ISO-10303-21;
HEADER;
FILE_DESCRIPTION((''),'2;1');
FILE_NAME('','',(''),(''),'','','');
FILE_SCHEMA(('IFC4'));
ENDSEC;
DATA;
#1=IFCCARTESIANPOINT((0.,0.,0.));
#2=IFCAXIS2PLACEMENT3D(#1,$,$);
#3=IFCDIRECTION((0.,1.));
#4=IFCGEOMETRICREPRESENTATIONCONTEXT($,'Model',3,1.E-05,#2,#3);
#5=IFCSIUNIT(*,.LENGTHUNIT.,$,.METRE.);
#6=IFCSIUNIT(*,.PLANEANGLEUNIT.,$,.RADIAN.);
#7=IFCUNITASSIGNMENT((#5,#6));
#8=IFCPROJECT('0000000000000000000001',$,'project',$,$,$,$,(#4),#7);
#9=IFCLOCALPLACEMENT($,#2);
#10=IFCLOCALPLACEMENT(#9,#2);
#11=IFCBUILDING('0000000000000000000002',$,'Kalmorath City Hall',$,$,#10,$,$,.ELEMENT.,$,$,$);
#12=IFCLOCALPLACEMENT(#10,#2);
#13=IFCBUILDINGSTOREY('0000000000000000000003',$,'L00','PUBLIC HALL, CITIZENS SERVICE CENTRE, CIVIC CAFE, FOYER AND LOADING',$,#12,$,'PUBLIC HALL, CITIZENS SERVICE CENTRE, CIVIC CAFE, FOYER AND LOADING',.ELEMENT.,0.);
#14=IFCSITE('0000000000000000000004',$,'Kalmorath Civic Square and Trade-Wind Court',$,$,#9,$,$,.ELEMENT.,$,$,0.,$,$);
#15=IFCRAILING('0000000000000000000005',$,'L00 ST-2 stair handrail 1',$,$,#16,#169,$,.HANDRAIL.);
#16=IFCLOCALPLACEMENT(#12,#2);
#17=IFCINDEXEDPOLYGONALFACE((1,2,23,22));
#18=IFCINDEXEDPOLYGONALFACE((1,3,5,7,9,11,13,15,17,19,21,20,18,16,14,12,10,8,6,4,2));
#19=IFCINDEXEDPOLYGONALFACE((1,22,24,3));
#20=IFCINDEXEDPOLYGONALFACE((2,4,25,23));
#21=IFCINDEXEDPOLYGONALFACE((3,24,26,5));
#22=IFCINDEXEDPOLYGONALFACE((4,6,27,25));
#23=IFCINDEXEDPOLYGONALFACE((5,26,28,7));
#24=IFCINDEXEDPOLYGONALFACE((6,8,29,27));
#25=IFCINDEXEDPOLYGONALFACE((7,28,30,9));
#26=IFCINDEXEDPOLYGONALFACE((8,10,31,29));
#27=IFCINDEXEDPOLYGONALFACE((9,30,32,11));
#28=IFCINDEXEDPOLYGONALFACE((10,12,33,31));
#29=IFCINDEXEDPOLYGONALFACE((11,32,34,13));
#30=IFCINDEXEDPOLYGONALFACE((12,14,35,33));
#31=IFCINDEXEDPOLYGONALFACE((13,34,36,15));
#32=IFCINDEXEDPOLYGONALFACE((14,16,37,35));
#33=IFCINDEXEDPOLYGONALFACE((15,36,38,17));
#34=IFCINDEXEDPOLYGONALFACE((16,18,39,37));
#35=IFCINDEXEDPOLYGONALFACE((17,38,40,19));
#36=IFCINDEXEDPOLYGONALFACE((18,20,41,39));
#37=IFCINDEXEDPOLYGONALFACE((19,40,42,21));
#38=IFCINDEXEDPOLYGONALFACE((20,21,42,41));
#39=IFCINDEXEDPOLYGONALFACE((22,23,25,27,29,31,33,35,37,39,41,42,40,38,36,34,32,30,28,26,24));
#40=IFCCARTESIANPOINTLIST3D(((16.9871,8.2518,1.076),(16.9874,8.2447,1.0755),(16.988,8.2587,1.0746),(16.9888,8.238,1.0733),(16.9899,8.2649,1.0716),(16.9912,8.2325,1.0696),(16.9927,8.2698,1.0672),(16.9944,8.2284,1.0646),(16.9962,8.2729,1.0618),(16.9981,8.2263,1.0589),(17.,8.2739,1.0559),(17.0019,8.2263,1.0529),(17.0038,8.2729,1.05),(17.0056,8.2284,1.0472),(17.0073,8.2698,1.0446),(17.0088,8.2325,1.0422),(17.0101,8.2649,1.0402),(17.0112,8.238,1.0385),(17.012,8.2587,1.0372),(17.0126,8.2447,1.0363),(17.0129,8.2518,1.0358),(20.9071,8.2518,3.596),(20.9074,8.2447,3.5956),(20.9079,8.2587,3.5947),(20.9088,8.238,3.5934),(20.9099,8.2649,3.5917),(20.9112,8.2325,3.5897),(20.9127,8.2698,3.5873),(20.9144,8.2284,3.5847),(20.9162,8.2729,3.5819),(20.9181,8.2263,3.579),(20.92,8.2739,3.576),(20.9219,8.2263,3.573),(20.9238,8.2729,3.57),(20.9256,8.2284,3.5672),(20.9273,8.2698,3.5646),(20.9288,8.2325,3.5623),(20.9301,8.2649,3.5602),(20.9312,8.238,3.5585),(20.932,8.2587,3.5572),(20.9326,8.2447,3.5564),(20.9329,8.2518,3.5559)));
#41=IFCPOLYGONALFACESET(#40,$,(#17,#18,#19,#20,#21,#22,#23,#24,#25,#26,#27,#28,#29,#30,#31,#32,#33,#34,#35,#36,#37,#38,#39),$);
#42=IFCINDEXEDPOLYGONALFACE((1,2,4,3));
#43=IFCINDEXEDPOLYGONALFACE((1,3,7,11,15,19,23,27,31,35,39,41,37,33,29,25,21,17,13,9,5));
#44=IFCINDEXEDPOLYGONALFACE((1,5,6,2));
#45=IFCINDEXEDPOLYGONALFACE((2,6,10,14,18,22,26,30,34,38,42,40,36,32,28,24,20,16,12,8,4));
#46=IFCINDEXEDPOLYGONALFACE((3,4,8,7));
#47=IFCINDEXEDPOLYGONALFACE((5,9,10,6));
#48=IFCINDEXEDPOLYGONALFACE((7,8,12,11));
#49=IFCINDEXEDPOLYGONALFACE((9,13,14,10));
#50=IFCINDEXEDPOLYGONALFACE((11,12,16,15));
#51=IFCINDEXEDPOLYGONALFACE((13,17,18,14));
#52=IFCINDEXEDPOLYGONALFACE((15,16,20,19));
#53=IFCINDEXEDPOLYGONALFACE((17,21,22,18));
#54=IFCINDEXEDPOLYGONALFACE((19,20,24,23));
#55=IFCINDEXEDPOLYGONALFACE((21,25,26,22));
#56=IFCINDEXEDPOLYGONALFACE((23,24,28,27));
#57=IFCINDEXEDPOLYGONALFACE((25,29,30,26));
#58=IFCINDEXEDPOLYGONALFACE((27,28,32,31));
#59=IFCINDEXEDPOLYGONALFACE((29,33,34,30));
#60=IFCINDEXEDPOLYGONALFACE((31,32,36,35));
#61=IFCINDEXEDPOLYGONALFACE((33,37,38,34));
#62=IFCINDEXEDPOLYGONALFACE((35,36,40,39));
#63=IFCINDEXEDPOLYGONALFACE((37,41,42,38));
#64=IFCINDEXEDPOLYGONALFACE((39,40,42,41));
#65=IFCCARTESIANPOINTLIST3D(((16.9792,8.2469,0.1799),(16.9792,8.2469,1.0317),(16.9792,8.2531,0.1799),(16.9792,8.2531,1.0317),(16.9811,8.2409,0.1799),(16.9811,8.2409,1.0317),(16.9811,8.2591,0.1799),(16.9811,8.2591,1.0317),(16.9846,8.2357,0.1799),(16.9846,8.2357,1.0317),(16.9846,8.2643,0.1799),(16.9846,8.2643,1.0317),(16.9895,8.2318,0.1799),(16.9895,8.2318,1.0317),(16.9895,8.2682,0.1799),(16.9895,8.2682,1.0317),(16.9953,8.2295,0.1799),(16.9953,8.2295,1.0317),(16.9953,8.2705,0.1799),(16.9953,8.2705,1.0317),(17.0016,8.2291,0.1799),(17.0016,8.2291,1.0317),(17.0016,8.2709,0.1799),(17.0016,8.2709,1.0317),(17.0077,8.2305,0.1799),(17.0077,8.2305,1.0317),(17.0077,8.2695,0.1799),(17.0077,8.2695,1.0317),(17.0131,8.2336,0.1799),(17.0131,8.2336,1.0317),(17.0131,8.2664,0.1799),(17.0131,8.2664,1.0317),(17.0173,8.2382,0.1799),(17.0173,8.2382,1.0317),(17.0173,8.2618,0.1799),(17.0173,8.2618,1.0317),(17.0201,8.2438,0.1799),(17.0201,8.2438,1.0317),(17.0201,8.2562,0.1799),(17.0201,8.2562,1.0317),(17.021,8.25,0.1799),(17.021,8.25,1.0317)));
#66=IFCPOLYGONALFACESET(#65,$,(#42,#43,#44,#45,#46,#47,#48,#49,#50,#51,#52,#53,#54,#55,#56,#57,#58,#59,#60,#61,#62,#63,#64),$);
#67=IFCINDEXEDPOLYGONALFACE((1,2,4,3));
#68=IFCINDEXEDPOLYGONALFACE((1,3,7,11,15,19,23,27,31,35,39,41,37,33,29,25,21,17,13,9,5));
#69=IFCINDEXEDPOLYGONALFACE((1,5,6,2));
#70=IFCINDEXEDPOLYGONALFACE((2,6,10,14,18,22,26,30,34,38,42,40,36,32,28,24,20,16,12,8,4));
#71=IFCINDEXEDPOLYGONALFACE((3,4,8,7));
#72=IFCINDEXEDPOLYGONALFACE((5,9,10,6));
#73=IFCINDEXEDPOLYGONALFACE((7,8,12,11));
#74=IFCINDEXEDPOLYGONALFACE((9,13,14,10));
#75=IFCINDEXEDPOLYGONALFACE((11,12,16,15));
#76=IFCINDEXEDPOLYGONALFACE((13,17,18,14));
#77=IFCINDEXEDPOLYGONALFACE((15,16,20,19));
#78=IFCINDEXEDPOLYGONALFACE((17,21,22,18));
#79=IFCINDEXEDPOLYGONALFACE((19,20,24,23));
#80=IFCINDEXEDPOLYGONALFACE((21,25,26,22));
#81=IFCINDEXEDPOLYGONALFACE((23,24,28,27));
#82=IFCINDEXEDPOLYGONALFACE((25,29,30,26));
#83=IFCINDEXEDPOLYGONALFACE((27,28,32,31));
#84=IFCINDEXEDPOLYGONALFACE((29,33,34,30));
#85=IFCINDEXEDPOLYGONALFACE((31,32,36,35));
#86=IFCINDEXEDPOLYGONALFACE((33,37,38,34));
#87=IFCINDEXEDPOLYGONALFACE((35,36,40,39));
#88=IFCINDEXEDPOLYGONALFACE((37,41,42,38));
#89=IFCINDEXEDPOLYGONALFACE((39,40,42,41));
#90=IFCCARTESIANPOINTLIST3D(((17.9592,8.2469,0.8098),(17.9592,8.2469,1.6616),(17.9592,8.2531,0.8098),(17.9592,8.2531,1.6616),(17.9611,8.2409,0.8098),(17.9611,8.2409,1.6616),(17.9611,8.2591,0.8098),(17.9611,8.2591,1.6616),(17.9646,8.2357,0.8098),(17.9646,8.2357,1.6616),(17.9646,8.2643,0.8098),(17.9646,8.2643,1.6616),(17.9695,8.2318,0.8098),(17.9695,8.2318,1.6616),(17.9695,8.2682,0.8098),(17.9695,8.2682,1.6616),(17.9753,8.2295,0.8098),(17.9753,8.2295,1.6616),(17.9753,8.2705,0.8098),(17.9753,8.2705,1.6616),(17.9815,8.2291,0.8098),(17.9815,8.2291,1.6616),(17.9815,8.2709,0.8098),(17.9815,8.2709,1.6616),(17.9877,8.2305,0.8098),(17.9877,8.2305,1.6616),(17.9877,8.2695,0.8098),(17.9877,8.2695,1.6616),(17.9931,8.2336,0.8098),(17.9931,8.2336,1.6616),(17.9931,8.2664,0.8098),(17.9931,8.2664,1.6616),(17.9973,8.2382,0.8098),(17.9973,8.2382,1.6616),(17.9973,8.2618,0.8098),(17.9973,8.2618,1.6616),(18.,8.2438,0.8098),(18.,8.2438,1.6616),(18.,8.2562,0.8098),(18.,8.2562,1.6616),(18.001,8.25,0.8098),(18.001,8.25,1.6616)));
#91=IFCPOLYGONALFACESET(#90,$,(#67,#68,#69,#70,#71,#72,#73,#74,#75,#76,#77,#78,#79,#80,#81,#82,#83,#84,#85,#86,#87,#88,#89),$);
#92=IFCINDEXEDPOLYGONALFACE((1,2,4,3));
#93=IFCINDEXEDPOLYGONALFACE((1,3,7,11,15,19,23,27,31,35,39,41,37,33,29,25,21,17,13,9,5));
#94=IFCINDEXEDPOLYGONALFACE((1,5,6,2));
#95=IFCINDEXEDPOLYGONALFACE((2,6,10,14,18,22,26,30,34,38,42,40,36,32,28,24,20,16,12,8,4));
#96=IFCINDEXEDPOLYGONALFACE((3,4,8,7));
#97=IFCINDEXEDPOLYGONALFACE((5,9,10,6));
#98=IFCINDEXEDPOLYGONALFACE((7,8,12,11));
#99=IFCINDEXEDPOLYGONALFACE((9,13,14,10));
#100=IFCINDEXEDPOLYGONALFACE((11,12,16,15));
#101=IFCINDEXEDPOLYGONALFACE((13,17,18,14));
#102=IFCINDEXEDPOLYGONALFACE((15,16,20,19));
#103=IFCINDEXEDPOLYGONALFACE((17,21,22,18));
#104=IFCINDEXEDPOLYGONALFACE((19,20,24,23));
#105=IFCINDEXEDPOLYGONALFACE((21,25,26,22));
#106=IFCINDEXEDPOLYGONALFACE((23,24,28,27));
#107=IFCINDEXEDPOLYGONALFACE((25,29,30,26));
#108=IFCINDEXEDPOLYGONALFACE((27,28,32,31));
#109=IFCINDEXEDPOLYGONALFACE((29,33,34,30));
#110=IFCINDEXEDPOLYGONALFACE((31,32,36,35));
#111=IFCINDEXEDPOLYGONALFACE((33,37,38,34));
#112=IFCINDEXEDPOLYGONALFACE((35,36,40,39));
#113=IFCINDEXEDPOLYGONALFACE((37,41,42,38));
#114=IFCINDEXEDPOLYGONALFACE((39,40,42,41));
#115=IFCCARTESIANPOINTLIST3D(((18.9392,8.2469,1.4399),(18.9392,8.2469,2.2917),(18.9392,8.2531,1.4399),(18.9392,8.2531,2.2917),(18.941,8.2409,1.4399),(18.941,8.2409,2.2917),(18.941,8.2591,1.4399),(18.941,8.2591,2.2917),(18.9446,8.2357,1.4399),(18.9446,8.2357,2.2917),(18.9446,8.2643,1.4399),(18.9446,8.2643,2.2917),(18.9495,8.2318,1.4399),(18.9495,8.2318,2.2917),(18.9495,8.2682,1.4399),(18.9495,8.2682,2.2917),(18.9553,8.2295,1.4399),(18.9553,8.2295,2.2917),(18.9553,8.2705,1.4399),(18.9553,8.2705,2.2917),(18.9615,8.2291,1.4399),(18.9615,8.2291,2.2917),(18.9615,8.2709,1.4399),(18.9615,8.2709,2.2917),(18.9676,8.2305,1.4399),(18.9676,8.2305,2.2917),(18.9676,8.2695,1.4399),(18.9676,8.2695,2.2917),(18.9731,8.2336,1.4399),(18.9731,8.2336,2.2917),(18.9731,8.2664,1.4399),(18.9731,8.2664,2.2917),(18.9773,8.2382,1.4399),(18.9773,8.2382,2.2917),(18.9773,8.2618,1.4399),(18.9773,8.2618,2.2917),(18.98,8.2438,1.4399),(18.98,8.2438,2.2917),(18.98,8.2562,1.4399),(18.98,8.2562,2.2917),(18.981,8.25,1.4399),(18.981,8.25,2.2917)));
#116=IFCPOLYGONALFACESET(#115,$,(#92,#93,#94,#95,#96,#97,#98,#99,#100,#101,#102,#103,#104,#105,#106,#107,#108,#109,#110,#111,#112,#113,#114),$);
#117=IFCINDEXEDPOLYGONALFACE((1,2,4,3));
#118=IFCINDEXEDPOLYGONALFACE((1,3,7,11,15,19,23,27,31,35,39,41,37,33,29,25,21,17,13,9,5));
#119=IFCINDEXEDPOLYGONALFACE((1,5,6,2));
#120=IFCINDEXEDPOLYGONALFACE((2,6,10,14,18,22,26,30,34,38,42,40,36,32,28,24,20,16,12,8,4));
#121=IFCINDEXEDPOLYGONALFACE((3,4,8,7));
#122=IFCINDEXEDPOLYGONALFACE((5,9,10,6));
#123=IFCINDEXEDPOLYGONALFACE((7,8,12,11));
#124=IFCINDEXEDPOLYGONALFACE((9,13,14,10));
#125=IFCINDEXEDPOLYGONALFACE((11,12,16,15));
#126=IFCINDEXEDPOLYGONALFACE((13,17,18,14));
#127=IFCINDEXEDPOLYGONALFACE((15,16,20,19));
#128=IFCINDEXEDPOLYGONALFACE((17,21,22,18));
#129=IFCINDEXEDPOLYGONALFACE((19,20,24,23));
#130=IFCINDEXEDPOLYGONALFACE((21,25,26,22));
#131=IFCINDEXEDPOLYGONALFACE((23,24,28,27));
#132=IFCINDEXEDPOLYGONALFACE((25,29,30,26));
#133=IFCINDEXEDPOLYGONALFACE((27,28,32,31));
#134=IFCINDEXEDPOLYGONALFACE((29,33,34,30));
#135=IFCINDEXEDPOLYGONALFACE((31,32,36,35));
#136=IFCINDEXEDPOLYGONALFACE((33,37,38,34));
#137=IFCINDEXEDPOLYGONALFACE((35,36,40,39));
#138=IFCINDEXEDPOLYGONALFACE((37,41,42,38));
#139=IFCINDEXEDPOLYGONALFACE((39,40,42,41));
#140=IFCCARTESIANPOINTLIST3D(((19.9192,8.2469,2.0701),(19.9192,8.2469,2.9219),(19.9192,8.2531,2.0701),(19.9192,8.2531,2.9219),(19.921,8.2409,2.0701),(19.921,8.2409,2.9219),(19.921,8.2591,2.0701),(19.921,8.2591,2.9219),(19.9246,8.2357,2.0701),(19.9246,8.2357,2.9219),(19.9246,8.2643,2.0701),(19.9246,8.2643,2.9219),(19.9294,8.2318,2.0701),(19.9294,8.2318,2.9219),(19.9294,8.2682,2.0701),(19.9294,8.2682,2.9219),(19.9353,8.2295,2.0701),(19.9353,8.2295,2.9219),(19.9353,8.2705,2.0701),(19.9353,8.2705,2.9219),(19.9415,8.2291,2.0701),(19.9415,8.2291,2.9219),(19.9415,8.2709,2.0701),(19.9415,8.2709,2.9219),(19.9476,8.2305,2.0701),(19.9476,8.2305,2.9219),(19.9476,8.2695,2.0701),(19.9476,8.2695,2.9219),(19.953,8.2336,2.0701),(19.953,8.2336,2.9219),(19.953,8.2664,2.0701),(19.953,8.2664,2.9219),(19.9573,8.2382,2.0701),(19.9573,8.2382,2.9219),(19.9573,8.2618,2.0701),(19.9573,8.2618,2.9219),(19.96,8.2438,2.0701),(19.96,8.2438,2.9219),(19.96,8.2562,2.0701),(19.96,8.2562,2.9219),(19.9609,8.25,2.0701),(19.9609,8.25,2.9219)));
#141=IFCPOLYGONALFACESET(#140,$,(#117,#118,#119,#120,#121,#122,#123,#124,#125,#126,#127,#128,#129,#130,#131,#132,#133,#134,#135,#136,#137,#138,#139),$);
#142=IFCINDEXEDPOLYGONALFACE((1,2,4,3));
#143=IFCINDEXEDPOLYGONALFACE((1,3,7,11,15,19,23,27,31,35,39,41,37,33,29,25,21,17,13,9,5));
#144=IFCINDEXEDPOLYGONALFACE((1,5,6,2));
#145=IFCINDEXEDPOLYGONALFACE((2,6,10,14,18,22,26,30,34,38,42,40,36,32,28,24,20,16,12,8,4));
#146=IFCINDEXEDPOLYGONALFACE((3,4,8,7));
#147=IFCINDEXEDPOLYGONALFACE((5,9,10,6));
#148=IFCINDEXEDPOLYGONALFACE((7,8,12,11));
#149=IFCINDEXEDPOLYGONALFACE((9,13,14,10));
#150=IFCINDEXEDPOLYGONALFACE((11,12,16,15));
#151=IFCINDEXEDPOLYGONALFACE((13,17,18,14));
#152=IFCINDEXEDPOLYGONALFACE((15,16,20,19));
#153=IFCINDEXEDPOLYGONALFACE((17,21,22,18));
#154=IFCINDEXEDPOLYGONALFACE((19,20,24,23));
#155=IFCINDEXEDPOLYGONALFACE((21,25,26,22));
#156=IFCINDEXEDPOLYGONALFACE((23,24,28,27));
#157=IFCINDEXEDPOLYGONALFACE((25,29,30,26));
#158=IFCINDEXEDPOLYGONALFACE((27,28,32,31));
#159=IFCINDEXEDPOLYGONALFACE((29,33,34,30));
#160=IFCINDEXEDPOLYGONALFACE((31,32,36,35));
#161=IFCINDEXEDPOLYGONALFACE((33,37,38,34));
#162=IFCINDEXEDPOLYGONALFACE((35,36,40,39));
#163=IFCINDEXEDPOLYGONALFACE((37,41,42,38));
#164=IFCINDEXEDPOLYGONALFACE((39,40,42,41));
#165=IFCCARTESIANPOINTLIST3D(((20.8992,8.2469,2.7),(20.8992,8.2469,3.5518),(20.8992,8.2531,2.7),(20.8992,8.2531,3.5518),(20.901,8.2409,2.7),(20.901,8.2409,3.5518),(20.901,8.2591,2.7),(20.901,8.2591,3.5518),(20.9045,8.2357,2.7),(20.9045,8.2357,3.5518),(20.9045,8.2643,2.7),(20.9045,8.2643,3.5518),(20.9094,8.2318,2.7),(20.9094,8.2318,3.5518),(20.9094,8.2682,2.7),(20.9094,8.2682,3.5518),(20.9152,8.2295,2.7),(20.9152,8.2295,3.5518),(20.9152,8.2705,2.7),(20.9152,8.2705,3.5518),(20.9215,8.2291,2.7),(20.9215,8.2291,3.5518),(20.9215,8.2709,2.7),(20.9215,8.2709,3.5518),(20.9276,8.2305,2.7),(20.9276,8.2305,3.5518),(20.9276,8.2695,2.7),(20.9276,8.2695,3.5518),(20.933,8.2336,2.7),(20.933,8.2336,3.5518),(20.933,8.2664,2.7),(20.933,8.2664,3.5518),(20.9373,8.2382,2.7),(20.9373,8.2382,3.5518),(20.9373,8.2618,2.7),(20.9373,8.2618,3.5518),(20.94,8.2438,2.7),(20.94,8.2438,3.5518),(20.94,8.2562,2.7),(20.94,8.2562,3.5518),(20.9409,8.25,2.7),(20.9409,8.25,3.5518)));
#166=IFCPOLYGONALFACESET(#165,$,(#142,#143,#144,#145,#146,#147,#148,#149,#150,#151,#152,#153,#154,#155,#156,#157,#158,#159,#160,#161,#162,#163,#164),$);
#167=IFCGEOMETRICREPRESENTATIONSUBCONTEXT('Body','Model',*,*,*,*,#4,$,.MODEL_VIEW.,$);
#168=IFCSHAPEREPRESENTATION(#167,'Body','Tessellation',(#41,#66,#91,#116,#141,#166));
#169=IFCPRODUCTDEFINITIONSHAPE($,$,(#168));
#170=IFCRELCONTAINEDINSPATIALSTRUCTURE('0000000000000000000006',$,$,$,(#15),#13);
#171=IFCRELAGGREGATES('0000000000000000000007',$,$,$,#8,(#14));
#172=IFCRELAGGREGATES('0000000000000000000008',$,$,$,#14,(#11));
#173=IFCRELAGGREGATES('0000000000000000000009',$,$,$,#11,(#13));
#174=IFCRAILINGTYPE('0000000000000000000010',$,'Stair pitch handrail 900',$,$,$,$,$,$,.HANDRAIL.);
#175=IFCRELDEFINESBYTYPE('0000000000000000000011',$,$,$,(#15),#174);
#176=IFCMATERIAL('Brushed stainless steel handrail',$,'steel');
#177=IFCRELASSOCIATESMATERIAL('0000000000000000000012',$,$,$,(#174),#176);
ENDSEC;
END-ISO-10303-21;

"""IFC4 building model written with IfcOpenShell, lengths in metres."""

from ifc_helpers import new_model, si_unit, direction, frame, origin, origin_2d, place, context, subcontext, project, spatial, circle, extrude, material, type_object, element, save


model = new_model("IFC4")

# Units and contexts
model_context = context("Model", 3, precision=1e-05, world=origin(), true_north=direction((0.0, 1.0)))
body_context = subcontext(model_context, "Body", "Model", "MODEL_VIEW")
ifc_project = project(units=[si_unit("LENGTHUNIT", "METRE"), si_unit("PLANEANGLEUNIT", "RADIAN")], contexts=[model_context])

# Site, building, storey
site_placement = place(None, origin())
site = spatial("IfcSite", under=ifc_project, at=site_placement, Name="Kalmorath Civic Square and Trade-Wind Court", CompositionType="ELEMENT", RefElevation=0.0)
building_placement = place(site_placement, origin())
building = spatial("IfcBuilding", under=site, at=building_placement, Name="Kalmorath City Hall", CompositionType="ELEMENT")
storey_placement = place(building_placement, origin())
storey = spatial("IfcBuildingStorey", under=building, at=storey_placement, Name="L00", Description="PUBLIC HALL, CITIZENS SERVICE CENTRE, CIVIC CAFE, FOYER AND LOADING", LongName="PUBLIC HALL, CITIZENS SERVICE CENTRE, CIVIC CAFE, FOYER AND LOADING", CompositionType="ELEMENT", Elevation=0.0)

# Railing
ifc_material_1 = material(Name="Brushed stainless steel handrail", Category="steel")
railing_type_1 = type_object("IfcRailingType", Name="Stair pitch handrail 900", PredefinedType="HANDRAIL", material=ifc_material_1)
railing_1_placement = place(storey_placement, frame((17.0, 8.25, 0.1799)))
element("IfcRailing", 1, at=railing_1_placement, inside=storey, type_object=railing_type_1, Name="L00 ST-2 stair handrail 1", PredefinedType="HANDRAIL", context=body_context, shape_type="SweptSolid", body=[
    extrude(circle(Radius=0.0239, at=origin_2d()), frame((0.0, 0.0, 0.876), z_axis=(0.841172, 0.0, 0.540768), x_axis=(0.0, 1.0, 0.0)), (0.0, 0.0, 1.0), 4.6602),
    extrude(circle(Radius=0.021, at=origin_2d()), origin(), (0.0, 0.0, 1.0), 0.8518),
    extrude(circle(Radius=0.021, at=origin_2d()), frame((0.98, 0.0, 0.6299)), (0.0, 0.0, 1.0), 0.8518),
    extrude(circle(Radius=0.021, at=origin_2d()), frame((1.96, 0.0, 1.26)), (0.0, 0.0, 1.0), 0.8518),
    extrude(circle(Radius=0.021, at=origin_2d()), frame((2.9399, 0.0, 1.8901)), (0.0, 0.0, 1.0), 0.8518),
    extrude(circle(Radius=0.021, at=origin_2d()), frame((3.9199, 0.0, 2.52)), (0.0, 0.0, 1.0), 0.8518),
])

save(model, "model.ifc")
